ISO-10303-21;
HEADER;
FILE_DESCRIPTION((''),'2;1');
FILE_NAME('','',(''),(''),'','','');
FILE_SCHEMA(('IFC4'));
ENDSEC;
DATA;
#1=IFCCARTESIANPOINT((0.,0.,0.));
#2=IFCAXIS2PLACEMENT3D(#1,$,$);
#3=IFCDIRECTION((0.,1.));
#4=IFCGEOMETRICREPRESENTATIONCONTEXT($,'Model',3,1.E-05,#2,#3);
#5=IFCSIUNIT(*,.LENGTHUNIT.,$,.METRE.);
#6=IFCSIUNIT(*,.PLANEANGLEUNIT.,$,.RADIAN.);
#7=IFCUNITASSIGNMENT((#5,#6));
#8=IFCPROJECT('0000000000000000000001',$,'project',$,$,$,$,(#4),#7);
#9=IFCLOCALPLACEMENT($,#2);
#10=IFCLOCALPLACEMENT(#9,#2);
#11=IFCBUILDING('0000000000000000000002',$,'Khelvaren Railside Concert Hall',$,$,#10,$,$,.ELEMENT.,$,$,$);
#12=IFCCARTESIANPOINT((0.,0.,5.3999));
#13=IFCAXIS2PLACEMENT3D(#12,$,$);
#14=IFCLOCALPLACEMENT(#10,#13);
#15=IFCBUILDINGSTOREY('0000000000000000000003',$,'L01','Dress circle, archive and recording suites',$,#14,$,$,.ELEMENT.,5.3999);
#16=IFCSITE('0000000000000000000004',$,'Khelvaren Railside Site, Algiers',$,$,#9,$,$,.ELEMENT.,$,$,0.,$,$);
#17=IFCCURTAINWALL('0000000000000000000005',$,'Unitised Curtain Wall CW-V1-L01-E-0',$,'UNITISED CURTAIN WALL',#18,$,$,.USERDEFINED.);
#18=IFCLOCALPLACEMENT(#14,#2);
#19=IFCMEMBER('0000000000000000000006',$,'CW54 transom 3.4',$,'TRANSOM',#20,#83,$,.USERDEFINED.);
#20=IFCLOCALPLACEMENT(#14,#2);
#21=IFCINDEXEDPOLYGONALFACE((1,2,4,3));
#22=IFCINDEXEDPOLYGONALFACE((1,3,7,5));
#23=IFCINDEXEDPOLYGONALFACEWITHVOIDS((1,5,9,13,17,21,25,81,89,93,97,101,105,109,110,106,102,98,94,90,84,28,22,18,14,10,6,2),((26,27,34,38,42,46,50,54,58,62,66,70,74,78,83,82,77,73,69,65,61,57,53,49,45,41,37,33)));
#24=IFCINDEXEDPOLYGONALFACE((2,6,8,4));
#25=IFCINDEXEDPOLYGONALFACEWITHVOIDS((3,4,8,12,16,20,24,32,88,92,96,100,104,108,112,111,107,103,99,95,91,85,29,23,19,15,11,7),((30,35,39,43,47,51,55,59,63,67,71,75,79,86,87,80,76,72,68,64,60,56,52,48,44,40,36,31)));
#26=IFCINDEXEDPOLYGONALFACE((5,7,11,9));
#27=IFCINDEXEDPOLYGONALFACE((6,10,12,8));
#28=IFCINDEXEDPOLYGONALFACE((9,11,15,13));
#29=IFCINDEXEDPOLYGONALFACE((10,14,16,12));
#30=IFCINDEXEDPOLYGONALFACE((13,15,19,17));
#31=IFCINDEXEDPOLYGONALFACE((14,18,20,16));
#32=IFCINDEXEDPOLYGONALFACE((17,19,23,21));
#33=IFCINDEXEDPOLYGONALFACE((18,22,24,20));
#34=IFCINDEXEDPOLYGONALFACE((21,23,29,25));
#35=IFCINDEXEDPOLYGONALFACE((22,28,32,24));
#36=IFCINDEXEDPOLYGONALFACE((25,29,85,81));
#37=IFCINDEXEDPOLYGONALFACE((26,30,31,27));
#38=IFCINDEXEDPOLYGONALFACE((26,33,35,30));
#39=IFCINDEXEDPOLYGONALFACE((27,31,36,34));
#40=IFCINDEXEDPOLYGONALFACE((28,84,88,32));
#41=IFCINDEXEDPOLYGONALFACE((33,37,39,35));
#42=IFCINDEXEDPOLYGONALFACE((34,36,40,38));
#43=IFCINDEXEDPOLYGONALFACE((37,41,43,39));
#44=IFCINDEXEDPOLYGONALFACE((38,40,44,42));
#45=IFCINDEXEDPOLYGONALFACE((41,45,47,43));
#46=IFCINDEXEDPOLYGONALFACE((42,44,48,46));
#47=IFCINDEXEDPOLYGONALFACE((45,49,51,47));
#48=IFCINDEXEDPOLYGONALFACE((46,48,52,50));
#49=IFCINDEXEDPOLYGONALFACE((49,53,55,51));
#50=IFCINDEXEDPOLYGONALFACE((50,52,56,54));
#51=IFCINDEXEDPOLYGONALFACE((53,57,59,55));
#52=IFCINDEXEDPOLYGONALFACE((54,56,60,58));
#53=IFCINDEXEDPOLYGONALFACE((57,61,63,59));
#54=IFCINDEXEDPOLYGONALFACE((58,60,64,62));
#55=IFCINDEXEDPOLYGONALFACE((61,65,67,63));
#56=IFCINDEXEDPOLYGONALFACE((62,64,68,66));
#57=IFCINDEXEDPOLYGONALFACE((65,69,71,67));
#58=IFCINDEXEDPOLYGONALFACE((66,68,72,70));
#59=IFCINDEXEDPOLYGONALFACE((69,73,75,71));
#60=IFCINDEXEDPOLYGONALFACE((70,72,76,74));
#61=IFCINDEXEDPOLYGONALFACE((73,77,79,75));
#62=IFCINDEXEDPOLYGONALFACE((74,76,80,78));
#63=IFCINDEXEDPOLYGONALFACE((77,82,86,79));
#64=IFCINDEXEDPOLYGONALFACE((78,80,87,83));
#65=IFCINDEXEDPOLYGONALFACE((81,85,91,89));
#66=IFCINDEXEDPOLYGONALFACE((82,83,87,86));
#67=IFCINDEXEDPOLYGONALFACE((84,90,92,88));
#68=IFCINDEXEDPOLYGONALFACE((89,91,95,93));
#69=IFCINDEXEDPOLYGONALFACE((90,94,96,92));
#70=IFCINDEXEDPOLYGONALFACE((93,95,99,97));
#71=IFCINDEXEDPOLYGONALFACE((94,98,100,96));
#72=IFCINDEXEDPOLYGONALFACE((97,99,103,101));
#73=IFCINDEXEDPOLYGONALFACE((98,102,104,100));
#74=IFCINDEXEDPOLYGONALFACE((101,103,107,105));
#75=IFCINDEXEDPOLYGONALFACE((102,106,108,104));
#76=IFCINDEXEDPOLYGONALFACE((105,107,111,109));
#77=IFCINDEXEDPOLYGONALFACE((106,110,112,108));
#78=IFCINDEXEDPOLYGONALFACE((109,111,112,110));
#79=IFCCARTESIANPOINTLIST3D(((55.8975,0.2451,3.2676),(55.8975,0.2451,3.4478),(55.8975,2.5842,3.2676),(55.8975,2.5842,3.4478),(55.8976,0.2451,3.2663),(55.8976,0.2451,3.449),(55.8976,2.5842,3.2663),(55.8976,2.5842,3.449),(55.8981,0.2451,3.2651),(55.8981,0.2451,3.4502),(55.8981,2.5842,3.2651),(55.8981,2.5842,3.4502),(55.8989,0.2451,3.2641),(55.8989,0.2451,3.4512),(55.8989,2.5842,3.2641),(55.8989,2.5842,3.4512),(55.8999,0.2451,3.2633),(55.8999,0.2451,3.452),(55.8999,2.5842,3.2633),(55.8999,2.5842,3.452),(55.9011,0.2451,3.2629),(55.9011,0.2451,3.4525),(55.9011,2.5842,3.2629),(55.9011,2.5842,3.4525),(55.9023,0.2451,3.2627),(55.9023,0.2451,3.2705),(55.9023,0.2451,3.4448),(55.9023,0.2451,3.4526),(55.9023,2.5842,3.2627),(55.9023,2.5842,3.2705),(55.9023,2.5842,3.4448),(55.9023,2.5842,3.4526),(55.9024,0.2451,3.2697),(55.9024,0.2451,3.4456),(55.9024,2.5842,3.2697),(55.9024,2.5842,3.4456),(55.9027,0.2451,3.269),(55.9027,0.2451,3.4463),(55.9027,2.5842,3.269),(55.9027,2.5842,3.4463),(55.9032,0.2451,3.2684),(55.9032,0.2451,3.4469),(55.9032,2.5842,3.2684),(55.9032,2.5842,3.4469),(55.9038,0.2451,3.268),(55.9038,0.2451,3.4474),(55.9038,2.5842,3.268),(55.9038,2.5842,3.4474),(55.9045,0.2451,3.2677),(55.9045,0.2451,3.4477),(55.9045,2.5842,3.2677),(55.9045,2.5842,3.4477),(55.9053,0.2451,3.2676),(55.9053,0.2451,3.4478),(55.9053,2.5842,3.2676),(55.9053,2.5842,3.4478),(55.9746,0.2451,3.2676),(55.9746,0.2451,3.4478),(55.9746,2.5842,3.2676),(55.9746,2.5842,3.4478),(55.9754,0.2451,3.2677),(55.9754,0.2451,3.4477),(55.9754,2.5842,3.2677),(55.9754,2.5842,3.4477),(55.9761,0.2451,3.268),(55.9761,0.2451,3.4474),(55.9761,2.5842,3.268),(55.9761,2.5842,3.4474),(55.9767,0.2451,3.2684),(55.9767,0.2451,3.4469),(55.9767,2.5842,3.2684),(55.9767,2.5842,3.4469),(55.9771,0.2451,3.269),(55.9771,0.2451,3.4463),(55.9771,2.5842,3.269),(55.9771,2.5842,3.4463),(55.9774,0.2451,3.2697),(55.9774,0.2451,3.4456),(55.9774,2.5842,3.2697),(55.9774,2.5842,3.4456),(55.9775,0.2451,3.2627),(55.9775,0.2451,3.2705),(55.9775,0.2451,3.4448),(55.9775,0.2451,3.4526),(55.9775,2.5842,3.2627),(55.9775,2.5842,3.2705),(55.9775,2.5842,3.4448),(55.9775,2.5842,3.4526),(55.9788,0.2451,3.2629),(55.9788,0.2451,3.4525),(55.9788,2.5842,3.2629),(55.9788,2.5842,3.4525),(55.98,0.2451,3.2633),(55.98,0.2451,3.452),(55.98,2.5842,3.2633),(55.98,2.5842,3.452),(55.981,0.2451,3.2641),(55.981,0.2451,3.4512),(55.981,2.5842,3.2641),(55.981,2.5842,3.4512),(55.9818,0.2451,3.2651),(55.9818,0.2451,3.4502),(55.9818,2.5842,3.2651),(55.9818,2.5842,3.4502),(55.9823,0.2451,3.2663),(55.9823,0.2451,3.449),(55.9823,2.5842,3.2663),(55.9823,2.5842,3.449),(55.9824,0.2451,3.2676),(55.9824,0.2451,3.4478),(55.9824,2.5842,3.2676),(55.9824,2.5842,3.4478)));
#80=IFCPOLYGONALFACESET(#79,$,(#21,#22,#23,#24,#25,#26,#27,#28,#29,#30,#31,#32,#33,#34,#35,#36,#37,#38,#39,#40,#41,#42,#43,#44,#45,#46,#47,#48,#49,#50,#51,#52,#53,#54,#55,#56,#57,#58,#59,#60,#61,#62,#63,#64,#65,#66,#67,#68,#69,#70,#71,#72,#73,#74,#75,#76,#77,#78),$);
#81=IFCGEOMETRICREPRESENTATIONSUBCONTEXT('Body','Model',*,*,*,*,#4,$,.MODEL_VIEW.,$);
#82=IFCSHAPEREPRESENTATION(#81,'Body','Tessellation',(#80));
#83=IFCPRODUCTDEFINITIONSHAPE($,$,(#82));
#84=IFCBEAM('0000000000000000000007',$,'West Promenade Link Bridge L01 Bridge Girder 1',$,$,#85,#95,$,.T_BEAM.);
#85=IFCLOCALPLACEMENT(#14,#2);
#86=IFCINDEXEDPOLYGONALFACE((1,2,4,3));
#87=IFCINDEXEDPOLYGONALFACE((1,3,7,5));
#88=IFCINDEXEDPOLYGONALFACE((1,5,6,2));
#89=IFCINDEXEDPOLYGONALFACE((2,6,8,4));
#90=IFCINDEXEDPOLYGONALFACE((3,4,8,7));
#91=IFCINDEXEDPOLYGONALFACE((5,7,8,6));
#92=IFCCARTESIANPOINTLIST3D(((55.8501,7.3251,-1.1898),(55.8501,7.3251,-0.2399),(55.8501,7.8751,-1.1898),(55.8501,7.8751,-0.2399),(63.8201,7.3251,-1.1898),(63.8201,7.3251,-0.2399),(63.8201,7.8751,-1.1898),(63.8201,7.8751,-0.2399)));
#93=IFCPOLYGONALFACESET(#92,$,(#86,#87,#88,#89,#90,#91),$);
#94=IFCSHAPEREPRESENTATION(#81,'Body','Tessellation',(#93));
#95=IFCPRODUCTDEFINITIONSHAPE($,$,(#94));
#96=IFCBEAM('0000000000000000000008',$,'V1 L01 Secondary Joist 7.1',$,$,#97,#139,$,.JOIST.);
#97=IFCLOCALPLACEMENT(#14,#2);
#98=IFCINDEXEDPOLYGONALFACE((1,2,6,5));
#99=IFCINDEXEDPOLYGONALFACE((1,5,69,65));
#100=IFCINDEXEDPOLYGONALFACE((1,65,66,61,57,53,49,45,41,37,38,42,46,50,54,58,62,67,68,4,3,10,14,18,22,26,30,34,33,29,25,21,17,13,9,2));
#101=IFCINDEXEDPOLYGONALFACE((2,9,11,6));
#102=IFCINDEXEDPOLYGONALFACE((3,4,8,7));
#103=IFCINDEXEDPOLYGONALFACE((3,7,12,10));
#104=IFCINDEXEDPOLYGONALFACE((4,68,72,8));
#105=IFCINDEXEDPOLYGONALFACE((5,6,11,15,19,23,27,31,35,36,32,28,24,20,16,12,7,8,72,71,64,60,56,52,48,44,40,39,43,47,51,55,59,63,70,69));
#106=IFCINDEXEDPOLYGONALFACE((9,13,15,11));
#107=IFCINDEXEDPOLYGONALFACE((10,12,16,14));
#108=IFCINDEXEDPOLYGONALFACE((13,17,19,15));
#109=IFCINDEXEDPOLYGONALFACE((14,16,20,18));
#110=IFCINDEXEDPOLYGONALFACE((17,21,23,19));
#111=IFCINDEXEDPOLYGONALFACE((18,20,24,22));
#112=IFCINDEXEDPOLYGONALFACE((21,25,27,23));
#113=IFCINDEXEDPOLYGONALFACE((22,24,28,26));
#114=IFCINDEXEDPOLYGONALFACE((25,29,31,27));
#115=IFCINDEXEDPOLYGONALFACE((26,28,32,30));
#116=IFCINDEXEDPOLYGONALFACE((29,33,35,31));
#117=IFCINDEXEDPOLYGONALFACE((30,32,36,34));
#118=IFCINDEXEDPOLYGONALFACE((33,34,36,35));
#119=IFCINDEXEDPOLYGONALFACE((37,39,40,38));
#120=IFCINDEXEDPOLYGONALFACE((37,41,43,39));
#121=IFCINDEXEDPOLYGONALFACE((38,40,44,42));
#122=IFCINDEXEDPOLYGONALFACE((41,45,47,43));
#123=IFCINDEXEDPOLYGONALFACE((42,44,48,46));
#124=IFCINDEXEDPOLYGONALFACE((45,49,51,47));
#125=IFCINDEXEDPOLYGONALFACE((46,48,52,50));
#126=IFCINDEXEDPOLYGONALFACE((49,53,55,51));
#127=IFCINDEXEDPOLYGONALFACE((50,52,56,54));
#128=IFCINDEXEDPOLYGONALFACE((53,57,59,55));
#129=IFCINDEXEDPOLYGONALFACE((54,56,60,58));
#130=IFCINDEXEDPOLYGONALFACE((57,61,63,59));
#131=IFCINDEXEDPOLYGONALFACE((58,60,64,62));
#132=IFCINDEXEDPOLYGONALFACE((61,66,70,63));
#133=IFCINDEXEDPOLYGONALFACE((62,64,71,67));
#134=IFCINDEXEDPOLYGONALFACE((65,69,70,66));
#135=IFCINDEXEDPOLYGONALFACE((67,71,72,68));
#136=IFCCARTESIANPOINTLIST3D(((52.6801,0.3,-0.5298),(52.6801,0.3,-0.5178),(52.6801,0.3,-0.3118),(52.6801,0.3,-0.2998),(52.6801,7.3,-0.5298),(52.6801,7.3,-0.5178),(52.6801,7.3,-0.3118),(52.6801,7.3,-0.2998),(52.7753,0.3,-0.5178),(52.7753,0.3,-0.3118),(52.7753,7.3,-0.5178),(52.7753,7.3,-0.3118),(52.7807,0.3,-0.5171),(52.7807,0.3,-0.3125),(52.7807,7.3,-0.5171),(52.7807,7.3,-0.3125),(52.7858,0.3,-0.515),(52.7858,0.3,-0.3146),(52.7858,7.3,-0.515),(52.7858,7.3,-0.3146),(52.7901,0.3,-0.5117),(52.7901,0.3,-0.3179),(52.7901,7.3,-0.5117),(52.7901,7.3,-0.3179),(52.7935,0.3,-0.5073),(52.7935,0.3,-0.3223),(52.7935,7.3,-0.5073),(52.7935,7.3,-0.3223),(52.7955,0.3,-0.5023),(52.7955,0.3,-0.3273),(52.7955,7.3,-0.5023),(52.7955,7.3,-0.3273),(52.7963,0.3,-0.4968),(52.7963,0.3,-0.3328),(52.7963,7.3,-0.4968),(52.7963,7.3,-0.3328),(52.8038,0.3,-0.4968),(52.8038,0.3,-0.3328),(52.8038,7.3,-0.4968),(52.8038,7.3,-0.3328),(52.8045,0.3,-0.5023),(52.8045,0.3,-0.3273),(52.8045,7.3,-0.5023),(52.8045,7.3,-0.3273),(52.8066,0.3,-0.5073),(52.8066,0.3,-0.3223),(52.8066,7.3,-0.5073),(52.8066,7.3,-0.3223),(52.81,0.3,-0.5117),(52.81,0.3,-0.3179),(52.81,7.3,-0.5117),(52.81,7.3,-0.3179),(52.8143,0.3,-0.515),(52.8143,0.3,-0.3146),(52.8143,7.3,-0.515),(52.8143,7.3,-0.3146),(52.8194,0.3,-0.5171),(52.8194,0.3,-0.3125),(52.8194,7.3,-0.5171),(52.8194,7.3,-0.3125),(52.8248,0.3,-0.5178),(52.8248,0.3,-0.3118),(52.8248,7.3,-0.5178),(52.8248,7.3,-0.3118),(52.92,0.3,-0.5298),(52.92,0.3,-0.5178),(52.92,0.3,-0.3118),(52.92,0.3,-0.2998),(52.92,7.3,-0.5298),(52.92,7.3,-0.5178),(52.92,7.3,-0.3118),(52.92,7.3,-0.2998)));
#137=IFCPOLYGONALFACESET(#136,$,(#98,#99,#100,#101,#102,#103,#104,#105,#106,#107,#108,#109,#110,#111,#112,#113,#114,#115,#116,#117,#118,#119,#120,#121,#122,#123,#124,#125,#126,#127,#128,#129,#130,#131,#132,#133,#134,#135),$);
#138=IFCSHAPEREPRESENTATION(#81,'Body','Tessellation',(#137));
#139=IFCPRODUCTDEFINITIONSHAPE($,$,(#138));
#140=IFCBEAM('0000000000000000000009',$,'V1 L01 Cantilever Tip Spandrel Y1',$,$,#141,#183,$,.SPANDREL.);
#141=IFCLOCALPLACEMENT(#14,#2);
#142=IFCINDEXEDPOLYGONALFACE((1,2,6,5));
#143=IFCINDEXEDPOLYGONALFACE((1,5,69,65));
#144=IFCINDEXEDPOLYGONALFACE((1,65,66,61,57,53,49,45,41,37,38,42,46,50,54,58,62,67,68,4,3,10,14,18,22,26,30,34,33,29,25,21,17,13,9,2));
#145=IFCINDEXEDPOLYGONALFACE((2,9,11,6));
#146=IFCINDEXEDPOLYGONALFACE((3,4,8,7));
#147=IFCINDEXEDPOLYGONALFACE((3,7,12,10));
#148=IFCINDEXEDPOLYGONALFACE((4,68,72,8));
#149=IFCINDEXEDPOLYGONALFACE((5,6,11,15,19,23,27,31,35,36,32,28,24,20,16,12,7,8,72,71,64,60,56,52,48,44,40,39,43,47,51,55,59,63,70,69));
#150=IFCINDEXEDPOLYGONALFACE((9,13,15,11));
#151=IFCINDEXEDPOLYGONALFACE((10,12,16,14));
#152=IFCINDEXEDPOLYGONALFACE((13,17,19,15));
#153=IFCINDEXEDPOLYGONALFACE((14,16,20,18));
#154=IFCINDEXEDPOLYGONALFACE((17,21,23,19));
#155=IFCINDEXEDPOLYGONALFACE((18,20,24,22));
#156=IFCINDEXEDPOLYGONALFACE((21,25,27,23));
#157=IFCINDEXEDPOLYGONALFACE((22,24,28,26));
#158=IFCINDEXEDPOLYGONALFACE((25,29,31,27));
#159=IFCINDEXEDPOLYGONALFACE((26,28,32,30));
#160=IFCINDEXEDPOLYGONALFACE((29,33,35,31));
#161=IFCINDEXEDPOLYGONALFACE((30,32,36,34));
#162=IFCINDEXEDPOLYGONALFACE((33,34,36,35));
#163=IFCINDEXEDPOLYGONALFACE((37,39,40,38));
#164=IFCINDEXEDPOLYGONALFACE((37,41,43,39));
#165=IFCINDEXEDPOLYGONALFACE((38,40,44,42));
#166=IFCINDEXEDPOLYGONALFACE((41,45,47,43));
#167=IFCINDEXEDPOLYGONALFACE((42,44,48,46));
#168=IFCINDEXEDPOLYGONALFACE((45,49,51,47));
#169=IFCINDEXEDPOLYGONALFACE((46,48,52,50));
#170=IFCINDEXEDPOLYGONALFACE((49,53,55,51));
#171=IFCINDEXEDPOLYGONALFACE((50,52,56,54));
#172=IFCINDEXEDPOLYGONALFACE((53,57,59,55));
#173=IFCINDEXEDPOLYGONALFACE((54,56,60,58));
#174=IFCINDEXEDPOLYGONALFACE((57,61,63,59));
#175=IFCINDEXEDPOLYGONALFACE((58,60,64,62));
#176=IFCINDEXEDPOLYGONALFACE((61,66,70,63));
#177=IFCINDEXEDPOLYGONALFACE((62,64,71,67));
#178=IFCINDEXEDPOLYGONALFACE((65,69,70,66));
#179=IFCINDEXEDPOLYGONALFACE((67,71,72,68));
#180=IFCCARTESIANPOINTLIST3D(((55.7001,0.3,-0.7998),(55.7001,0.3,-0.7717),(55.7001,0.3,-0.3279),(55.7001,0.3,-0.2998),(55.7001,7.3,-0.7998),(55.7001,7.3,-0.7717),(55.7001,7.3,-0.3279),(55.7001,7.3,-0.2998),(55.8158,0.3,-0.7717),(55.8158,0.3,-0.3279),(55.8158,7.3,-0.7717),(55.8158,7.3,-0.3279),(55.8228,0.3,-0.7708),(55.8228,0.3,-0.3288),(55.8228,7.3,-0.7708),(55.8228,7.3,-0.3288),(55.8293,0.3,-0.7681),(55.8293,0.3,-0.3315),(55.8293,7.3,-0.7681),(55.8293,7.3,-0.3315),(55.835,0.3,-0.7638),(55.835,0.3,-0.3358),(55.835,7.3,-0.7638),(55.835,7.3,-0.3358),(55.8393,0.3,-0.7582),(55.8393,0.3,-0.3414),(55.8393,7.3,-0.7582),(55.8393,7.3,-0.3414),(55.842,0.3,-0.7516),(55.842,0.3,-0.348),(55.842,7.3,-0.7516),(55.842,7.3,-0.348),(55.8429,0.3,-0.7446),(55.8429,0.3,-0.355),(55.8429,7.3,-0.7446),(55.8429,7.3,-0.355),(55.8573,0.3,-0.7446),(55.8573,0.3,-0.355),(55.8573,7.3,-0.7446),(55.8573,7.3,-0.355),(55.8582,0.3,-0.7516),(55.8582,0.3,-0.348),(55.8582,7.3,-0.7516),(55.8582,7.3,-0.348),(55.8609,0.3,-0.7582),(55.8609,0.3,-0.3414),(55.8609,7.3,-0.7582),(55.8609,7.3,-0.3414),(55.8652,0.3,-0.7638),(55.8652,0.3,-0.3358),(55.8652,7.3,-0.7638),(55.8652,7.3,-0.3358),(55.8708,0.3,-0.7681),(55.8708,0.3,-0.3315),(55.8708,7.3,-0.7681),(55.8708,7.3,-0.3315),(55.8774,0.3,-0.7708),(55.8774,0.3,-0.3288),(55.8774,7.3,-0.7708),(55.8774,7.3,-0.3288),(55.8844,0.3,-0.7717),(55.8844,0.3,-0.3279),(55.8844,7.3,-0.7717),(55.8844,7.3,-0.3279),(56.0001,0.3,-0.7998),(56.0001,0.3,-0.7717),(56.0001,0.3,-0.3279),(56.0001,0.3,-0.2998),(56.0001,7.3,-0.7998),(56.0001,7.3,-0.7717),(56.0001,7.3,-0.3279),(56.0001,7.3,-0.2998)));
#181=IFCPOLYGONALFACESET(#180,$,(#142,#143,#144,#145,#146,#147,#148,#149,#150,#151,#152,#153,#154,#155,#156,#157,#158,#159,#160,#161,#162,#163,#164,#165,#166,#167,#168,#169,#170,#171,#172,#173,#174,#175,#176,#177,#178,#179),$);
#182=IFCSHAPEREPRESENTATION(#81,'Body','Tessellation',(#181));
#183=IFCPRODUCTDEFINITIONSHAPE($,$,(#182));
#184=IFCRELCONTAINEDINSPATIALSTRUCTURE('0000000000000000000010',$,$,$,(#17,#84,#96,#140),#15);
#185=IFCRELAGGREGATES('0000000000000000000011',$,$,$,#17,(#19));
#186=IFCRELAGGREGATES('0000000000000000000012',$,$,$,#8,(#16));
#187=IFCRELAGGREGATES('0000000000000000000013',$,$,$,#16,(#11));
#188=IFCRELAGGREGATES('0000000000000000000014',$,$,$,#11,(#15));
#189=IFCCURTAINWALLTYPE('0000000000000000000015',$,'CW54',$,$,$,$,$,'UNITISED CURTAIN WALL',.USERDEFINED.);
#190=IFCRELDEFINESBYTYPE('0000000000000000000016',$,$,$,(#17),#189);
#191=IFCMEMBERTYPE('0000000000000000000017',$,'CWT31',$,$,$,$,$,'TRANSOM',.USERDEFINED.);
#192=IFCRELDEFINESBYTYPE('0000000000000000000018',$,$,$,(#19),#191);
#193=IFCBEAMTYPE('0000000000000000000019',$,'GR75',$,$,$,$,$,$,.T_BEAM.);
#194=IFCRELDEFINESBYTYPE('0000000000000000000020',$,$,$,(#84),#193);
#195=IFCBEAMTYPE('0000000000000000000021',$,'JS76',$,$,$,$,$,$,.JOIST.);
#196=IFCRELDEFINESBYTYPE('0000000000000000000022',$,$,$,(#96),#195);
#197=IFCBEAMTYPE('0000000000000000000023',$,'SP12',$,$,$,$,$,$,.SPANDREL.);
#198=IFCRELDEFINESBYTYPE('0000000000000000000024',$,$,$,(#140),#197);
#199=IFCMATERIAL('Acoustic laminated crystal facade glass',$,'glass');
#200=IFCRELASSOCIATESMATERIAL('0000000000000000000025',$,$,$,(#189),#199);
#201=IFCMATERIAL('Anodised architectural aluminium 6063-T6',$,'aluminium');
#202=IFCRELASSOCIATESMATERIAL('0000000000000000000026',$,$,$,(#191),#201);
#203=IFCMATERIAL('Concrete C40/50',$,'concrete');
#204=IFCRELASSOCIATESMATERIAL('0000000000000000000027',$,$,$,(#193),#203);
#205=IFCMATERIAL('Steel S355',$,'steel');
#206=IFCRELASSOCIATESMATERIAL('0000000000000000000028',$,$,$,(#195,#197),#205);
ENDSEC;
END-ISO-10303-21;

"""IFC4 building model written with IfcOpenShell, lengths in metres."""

from ifc_helpers import new_model, si_unit, direction, frame, origin, origin_2d, place, context, subcontext, project, spatial, rectangle, hollow_rectangle, i_section, extrude, material, material_profile, profile_set, type_object, element, aggregate, save


model = new_model("IFC4")

# Units and contexts
model_context = context("Model", 3, precision=1e-05, world=origin(), true_north=direction((0.0, 1.0)))
body_context = subcontext(model_context, "Body", "Model", "MODEL_VIEW")
ifc_project = project(units=[si_unit("LENGTHUNIT", "METRE"), si_unit("PLANEANGLEUNIT", "RADIAN")], contexts=[model_context])

# Site, building, storey
site_placement = place(None, origin())
site = spatial("IfcSite", under=ifc_project, at=site_placement, Name="Khelvaren Railside Site, Algiers", CompositionType="ELEMENT", RefElevation=0.0)
building_placement = place(site_placement, origin())
building = spatial("IfcBuilding", under=site, at=building_placement, Name="Khelvaren Railside Concert Hall", CompositionType="ELEMENT")
storey_placement = place(building_placement, frame((0.0, 0.0, 5.3999)))
storey = spatial("IfcBuildingStorey", under=building, at=storey_placement, Name="L01", Description="Dress circle, archive and recording suites", CompositionType="ELEMENT", Elevation=5.3999)

# Shared definitions
ifc_material_1 = material(Name="Steel S355", Category="steel")

# Curtain wall, member
ifc_material_2 = material(Name="Acoustic laminated crystal facade glass", Category="glass")
curtain_wall_type = type_object("IfcCurtainWallType", Name="CW54", ElementType="UNITISED CURTAIN WALL", PredefinedType="USERDEFINED", material=ifc_material_2)
curtain_wall_placement = place(storey_placement, origin())
curtain_wall = element("IfcCurtainWall", 1, at=curtain_wall_placement, inside=storey, type_object=curtain_wall_type, Name="Unitised Curtain Wall CW-V1-L01-E-0", ObjectType="UNITISED CURTAIN WALL", PredefinedType="USERDEFINED")
ifc_material_3 = material(Name="Anodised architectural aluminium 6063-T6", Category="aluminium")
ifc_material_profile_1 = material_profile(ifc_material_3, hollow_rectangle(XDim=0.085, YDim=0.1899, WallThickness=0.0049, InnerFilletRadius=0.0029, OuterFilletRadius=0.0049, at=origin_2d()), Name="CWT 85x190x5")
ifc_profile_set_1 = profile_set([ifc_material_profile_1], Name="Anodised architectural aluminium 6063-T6")
member_type_1 = type_object("IfcMemberType", Name="CWT31", ElementType="TRANSOM", PredefinedType="USERDEFINED", material=ifc_profile_set_1)
member_1_placement = place(storey_placement, frame((55.9399, 2.5842, 3.3577), z_axis=(0.0, -1.0, 0.0), x_axis=(1.0, 0.0, 0.0)))
member_1 = element("IfcMember", 2, at=member_1_placement, type_object=member_type_1, Name="CW54 transom 3.4", ObjectType="TRANSOM", PredefinedType="USERDEFINED", context=body_context, shape_type="SweptSolid", body=[
    extrude(hollow_rectangle(XDim=0.085, YDim=0.1899, WallThickness=0.0049, InnerFilletRadius=0.0029, OuterFilletRadius=0.0049, at=origin_2d()), origin(), (0.0, 0.0, 1.0), 2.3391),
])

# Beams
ifc_material_4 = material(Name="Concrete C40/50", Category="concrete")
ifc_material_profile_2 = material_profile(ifc_material_4, rectangle(XDim=0.55, YDim=0.95, at=origin_2d()), Name="RCB 550x950")
ifc_profile_set_2 = profile_set([ifc_material_profile_2], Name="Concrete C40/50")
beam_type_1 = type_object("IfcBeamType", Name="GR75", PredefinedType="T_BEAM", material=ifc_profile_set_2)
beam_1_placement = place(storey_placement, frame((55.8501, 7.6001, -0.7148), z_axis=(1.0, 0.0, 0.0), x_axis=(0.0, 1.0, 0.0)))
element("IfcBeam", 3, at=beam_1_placement, inside=storey, type_object=beam_type_1, Name="West Promenade Link Bridge L01 Bridge Girder 1", PredefinedType="T_BEAM", context=body_context, shape_type="SweptSolid", body=[
    extrude(rectangle(XDim=0.55, YDim=0.95, at=origin_2d()), origin(), (0.0, 0.0, 1.0), 7.97),
])
ifc_material_profile_3 = material_profile(ifc_material_1, i_section(OverallWidth=0.24, OverallDepth=0.23, WebThickness=0.0076, FlangeThickness=0.012, FilletRadius=0.021, at=origin_2d()), Name="HEA 240")
ifc_profile_set_3 = profile_set([ifc_material_profile_3], Name="Steel S355")
beam_type_2 = type_object("IfcBeamType", Name="JS76", PredefinedType="JOIST", material=ifc_profile_set_3)
beam_2_placement = place(storey_placement, frame((52.8, 0.3, -0.4148), z_axis=(0.0, 1.0, 0.0), x_axis=(-1.0, 0.0, 0.0)))
element("IfcBeam", 4, at=beam_2_placement, inside=storey, type_object=beam_type_2, Name="V1 L01 Secondary Joist 7.1", PredefinedType="JOIST", context=body_context, shape_type="SweptSolid", body=[
    extrude(i_section(OverallWidth=0.24, OverallDepth=0.23, WebThickness=0.0076, FlangeThickness=0.012, FilletRadius=0.021, at=origin_2d()), origin(), (0.0, 0.0, 1.0), 7.0),
])
ifc_material_profile_4 = material_profile(ifc_material_1, i_section(OverallWidth=0.3, OverallDepth=0.5, WebThickness=0.0144, FlangeThickness=0.0281, FilletRadius=0.0271, at=origin_2d()), Name="HEB 500")
ifc_profile_set_4 = profile_set([ifc_material_profile_4], Name="Steel S355")
beam_type_3 = type_object("IfcBeamType", Name="SP12", PredefinedType="SPANDREL", material=ifc_profile_set_4)
beam_3_placement = place(storey_placement, frame((55.8501, 0.3, -0.5498), z_axis=(0.0, 1.0, 0.0), x_axis=(-1.0, 0.0, 0.0)))
element("IfcBeam", 5, at=beam_3_placement, inside=storey, type_object=beam_type_3, Name="V1 L01 Cantilever Tip Spandrel Y1", PredefinedType="SPANDREL", context=body_context, shape_type="SweptSolid", body=[
    extrude(i_section(OverallWidth=0.3, OverallDepth=0.5, WebThickness=0.0144, FlangeThickness=0.0281, FilletRadius=0.0271, at=origin_2d()), origin(), (0.0, 0.0, 1.0), 7.0),
])

aggregate(curtain_wall, [member_1])

save(model, "model.ifc")
